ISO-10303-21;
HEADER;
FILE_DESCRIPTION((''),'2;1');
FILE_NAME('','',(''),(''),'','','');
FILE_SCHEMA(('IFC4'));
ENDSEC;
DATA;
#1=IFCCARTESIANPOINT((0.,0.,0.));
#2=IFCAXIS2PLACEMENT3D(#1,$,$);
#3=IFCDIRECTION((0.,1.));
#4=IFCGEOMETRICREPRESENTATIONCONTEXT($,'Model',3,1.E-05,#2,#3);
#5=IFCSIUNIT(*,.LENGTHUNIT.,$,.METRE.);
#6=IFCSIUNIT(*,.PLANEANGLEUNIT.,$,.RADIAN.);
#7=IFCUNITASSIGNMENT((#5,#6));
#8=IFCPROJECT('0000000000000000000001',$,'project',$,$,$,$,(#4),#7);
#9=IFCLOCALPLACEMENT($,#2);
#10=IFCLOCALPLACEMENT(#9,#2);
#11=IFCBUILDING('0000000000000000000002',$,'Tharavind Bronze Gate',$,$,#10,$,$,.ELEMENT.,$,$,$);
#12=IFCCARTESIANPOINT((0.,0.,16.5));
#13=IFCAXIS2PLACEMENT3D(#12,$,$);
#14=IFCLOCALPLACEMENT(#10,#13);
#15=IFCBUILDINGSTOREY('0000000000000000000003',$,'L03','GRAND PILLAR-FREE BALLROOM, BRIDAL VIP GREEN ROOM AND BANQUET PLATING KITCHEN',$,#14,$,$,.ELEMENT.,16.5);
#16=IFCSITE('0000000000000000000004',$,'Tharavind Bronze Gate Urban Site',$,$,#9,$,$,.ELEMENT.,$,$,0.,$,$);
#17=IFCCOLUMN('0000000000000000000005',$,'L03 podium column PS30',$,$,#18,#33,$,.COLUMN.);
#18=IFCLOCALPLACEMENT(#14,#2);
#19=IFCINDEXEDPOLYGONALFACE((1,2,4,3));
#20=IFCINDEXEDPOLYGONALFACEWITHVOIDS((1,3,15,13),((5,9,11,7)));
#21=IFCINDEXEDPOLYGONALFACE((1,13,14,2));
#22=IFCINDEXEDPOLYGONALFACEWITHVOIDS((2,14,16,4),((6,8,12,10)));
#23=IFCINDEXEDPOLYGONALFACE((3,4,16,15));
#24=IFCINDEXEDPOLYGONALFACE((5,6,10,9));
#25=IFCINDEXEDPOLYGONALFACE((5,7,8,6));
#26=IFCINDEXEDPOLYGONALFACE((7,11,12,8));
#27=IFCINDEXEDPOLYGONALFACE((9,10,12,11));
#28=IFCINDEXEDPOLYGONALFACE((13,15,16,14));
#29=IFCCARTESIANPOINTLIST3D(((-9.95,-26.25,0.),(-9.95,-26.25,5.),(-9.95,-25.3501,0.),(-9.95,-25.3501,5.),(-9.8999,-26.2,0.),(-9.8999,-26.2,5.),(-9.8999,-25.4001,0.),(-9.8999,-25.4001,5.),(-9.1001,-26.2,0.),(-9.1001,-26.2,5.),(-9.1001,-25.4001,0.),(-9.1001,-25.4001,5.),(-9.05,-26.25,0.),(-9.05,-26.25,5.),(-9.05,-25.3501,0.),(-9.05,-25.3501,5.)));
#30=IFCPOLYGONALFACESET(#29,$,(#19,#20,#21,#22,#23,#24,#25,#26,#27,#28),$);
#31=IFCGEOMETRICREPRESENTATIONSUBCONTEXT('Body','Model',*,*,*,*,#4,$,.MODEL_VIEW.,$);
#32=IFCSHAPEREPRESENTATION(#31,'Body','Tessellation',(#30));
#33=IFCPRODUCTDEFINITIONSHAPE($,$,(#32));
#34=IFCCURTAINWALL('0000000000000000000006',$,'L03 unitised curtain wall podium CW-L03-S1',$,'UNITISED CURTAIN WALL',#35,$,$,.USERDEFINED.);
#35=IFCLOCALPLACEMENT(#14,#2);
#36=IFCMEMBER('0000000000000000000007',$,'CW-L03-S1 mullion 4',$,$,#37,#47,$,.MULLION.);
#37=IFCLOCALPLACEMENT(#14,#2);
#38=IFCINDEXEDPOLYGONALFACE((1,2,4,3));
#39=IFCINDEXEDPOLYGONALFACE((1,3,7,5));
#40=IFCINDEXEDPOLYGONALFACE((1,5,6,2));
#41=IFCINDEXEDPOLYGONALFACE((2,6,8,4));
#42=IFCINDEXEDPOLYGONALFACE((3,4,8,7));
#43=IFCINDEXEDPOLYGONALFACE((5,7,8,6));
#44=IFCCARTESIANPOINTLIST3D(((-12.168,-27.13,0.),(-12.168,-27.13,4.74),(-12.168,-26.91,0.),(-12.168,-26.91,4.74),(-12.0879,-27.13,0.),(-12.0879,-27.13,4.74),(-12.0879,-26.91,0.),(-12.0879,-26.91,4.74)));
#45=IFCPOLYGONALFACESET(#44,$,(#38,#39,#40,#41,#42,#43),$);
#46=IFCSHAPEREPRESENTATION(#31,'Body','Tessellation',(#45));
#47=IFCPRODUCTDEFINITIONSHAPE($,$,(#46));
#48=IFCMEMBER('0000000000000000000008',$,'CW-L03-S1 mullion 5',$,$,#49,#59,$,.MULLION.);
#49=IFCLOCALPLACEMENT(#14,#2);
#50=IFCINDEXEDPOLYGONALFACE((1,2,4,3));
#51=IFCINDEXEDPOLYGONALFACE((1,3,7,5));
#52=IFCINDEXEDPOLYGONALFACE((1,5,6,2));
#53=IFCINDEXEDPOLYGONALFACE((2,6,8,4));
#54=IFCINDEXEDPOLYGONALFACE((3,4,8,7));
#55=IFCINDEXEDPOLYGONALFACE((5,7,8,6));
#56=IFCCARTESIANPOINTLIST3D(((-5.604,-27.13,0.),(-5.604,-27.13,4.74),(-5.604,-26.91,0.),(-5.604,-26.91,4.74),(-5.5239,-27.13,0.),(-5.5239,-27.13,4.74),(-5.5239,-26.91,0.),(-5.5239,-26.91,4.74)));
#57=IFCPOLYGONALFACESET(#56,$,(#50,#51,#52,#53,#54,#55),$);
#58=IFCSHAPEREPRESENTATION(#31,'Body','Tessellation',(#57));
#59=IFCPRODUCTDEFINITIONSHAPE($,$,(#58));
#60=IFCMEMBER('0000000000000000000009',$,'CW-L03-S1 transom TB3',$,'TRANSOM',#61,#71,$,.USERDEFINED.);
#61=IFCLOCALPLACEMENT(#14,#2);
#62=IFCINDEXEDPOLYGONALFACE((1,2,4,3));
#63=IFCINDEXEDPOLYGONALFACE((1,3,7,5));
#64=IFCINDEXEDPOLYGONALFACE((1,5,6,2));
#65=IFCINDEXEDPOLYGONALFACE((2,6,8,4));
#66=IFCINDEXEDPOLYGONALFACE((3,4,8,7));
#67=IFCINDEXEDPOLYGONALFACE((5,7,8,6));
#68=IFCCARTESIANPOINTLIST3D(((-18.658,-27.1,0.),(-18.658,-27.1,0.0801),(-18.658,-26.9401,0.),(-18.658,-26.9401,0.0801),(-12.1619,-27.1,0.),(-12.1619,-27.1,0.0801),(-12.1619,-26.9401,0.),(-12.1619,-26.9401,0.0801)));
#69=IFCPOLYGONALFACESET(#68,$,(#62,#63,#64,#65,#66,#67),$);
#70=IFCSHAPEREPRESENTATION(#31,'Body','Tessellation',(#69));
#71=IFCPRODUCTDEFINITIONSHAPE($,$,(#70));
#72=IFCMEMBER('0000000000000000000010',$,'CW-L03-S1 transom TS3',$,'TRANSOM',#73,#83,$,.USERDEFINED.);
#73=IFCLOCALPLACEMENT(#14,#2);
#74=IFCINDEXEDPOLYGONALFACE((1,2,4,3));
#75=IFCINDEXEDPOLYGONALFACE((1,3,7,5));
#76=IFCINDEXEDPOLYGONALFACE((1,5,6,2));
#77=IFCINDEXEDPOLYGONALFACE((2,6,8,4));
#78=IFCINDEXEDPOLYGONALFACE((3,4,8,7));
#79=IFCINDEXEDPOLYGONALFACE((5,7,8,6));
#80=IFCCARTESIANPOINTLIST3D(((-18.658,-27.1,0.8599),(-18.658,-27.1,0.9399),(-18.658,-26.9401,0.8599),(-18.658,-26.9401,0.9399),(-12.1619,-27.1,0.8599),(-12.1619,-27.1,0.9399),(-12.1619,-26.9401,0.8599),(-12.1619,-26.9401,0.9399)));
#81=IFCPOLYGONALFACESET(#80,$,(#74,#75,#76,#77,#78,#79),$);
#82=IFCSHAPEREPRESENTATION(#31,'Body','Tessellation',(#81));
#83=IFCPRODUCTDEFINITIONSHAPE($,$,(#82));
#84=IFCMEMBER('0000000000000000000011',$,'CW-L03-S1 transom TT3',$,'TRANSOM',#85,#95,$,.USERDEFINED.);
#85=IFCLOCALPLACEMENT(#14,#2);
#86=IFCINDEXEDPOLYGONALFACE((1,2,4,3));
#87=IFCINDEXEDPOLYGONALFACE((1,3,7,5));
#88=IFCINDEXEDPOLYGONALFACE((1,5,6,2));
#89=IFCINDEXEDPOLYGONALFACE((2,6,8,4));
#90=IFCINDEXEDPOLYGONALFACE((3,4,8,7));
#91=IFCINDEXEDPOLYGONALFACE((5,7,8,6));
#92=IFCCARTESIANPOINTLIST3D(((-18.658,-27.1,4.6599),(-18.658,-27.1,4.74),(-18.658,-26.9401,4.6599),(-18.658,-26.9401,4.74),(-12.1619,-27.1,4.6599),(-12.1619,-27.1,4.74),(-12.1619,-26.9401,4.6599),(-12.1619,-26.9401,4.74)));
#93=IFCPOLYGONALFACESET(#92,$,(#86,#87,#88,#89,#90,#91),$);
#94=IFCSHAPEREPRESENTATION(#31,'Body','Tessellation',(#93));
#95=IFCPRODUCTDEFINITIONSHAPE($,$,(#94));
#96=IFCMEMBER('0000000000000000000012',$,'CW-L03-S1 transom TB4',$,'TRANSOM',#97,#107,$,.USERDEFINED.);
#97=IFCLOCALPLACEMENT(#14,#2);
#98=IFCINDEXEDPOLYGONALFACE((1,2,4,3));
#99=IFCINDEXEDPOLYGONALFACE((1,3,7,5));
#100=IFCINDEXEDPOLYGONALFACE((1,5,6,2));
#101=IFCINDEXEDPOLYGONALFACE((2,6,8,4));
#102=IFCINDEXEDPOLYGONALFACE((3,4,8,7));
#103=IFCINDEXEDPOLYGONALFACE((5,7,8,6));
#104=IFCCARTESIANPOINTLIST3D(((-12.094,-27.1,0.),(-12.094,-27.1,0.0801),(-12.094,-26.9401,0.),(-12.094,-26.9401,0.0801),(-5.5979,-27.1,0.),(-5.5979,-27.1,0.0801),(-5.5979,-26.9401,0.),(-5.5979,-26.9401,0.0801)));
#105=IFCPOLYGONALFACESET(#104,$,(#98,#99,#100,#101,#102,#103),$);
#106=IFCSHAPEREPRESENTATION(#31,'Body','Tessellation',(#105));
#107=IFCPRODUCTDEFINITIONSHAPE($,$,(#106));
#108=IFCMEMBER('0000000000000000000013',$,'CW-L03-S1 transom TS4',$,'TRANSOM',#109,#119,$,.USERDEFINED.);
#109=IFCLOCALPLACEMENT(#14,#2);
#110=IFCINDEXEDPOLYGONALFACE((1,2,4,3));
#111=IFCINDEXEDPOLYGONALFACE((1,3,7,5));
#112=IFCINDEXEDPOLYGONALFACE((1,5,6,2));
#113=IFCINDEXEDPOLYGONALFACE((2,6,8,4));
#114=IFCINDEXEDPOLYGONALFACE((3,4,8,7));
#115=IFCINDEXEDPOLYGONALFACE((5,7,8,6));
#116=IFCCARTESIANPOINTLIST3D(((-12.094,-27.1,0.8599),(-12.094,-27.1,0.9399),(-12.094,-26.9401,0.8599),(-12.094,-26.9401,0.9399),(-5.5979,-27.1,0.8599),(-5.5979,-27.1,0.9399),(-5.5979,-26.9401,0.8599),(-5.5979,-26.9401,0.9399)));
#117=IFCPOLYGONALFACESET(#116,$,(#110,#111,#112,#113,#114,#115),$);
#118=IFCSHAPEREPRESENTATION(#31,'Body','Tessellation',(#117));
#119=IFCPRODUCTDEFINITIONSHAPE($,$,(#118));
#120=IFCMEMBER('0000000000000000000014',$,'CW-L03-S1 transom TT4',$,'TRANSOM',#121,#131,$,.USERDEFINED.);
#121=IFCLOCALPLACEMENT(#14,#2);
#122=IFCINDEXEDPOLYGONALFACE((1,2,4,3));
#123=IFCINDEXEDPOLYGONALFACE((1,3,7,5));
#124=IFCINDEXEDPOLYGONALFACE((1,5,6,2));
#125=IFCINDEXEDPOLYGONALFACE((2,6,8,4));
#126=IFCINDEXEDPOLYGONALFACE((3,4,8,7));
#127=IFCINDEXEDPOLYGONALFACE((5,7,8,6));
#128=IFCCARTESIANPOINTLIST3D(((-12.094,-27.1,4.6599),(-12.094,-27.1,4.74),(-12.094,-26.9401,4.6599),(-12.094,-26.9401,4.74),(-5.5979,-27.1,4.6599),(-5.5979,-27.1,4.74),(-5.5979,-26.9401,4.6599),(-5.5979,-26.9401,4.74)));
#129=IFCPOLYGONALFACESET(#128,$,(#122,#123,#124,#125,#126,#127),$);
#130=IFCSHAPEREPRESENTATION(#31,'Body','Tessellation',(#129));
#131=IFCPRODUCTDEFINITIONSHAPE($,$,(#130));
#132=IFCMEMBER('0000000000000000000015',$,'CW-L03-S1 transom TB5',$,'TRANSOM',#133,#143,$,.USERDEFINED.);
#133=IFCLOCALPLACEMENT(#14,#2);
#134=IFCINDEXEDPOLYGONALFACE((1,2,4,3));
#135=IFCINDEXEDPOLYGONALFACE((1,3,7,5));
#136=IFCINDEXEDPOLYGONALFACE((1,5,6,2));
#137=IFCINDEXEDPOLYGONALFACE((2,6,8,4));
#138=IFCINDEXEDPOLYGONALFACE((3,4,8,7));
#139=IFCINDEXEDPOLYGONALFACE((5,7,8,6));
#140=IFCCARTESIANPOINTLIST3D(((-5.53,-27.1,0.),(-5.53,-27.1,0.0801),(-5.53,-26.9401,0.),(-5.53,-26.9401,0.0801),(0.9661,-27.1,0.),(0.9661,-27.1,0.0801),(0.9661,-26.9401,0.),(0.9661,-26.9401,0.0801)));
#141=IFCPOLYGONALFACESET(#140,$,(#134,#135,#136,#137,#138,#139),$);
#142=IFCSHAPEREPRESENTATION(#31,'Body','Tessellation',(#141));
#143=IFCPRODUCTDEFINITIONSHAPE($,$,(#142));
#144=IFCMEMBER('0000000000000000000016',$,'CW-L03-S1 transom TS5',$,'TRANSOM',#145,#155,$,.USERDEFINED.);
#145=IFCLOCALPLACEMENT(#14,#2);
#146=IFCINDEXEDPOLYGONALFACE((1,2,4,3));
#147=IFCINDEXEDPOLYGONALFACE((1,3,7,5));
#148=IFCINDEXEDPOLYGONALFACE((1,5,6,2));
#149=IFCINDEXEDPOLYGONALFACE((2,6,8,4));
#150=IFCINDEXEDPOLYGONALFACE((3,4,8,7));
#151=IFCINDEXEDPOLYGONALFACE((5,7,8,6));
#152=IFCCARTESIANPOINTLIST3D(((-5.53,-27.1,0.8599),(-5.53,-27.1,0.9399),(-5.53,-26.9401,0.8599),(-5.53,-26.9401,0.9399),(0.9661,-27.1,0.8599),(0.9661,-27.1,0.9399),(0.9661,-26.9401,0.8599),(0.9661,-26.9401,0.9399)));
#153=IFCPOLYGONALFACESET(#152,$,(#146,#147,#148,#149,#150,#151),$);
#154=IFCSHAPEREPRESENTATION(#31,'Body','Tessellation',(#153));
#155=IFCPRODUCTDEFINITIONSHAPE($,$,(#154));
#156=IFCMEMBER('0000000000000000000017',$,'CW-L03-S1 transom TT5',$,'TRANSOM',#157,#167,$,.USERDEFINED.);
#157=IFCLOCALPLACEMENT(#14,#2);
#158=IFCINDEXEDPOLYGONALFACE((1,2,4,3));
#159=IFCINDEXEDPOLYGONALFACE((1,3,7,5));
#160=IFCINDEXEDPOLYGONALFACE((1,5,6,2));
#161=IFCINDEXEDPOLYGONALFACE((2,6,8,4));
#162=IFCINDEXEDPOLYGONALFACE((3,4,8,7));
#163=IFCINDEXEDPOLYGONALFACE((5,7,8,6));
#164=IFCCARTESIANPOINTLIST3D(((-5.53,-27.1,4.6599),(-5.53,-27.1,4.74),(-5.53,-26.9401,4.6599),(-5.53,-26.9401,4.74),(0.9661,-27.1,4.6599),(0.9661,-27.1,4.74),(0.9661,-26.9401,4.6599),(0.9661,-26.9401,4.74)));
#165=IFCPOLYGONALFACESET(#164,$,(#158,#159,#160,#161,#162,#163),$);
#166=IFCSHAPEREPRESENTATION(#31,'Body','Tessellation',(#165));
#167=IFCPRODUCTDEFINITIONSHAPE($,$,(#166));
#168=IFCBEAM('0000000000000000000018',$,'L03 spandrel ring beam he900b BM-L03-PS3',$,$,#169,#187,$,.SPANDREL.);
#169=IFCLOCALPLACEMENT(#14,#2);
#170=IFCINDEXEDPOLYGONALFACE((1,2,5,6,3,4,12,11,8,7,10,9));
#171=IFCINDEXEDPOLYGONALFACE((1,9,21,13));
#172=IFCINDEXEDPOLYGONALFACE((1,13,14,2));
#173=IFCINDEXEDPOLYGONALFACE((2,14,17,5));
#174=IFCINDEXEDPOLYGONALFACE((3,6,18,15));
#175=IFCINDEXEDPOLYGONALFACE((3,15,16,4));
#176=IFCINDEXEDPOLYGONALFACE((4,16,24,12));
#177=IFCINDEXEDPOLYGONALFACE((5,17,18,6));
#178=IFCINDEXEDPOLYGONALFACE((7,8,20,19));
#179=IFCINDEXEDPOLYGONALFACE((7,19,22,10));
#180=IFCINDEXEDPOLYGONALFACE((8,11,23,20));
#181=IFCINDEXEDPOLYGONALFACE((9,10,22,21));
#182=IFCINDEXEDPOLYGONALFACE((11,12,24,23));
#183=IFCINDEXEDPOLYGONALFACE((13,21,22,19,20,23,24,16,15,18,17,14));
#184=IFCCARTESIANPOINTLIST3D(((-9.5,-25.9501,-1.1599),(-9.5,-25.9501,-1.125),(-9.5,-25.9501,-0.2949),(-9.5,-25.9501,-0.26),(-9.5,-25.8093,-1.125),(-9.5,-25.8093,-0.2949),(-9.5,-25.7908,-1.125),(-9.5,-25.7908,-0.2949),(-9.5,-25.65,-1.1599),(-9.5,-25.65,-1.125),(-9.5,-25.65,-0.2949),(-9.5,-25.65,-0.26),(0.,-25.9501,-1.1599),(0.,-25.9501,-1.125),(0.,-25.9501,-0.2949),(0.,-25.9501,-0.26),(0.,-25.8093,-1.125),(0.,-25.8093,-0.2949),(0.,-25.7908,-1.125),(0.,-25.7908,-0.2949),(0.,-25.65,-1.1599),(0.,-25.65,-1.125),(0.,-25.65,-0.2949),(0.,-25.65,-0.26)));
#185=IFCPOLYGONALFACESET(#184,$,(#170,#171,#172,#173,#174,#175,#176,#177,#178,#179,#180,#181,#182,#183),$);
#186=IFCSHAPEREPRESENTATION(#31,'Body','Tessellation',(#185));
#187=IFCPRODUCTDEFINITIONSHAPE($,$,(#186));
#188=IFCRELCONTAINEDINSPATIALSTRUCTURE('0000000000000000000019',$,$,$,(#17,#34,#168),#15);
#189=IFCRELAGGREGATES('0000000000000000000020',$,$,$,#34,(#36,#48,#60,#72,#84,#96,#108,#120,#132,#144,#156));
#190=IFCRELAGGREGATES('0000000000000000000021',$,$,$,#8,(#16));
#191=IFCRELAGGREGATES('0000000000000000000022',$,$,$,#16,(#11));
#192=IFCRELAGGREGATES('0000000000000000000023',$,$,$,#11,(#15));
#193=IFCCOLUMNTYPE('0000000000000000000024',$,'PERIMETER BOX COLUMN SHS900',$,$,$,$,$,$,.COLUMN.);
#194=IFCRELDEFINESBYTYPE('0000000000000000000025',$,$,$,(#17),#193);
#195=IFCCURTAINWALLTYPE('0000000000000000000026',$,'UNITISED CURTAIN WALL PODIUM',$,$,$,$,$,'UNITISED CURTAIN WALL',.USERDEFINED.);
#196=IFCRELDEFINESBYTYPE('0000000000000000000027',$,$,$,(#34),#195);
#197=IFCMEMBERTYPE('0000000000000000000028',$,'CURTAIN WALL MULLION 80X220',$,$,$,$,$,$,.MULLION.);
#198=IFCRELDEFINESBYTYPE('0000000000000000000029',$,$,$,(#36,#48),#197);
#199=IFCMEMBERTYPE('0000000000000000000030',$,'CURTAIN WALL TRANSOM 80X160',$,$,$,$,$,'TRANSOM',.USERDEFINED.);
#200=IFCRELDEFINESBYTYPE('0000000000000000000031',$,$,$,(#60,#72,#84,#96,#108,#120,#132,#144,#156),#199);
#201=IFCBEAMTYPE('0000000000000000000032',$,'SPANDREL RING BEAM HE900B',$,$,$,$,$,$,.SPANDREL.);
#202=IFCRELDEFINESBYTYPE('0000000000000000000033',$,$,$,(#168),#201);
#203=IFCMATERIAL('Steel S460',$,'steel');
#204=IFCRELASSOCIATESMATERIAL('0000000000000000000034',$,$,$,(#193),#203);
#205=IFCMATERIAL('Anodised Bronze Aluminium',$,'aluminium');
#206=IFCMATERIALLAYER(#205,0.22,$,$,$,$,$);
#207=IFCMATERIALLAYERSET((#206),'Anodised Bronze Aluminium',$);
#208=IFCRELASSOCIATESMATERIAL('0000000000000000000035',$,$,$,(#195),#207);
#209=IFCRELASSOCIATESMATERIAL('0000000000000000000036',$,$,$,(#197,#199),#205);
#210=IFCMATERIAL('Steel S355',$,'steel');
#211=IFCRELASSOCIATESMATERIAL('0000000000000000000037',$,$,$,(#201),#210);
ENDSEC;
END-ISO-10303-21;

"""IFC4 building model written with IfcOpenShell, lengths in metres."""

from ifc_helpers import new_model, si_unit, direction, frame, origin, origin_2d, place, context, subcontext, project, spatial, rectangle, hollow_rectangle, i_section, extrude, material, layer, layer_set, material_profile, profile_set, type_object, element, aggregate, save


model = new_model("IFC4")

# Units and contexts
model_context = context("Model", 3, precision=1e-05, world=origin(), true_north=direction((0.0, 1.0)))
body_context = subcontext(model_context, "Body", "Model", "MODEL_VIEW")
ifc_project = project(units=[si_unit("LENGTHUNIT", "METRE"), si_unit("PLANEANGLEUNIT", "RADIAN")], contexts=[model_context])

# Site, building, storey
site_placement = place(None, origin())
site = spatial("IfcSite", under=ifc_project, at=site_placement, Name="Tharavind Bronze Gate Urban Site", CompositionType="ELEMENT", RefElevation=0.0)
building_placement = place(site_placement, origin())
building = spatial("IfcBuilding", under=site, at=building_placement, Name="Tharavind Bronze Gate", CompositionType="ELEMENT")
storey_placement = place(building_placement, frame((0.0, 0.0, 16.5)))
storey = spatial("IfcBuildingStorey", under=building, at=storey_placement, Name="L03", Description="GRAND PILLAR-FREE BALLROOM, BRIDAL VIP GREEN ROOM AND BANQUET PLATING KITCHEN", CompositionType="ELEMENT", Elevation=16.5)

# Column
ifc_material_1 = material(Name="Steel S460", Category="steel")
ifc_material_profile_1 = material_profile(ifc_material_1, hollow_rectangle(XDim=0.8999, YDim=0.8999, WallThickness=0.05, at=origin_2d()), Name="SHS900X50")
ifc_profile_set_1 = profile_set([ifc_material_profile_1], Name="Steel S460")
column_type = type_object("IfcColumnType", Name="PERIMETER BOX COLUMN SHS900", PredefinedType="COLUMN", material=ifc_profile_set_1)
column_placement = place(storey_placement, frame((-9.5, -25.8, 0.0), z_axis=(0.0, 0.0, 1.0), x_axis=(1.0, 0.0, 0.0)))
element("IfcColumn", 1, at=column_placement, inside=storey, type_object=column_type, Name="L03 podium column PS30", PredefinedType="COLUMN", context=body_context, shape_type="SweptSolid", body=[
    extrude(hollow_rectangle(XDim=0.8999, YDim=0.8999, WallThickness=0.05, at=origin_2d()), origin(), (0.0, 0.0, 1.0), 5.0),
])

# Curtain wall, members
ifc_material_2 = material(Name="Anodised Bronze Aluminium", Category="aluminium")
ifc_layer_1 = layer(ifc_material_2, 0.22)
ifc_layer_set_1 = layer_set([ifc_layer_1], Name="Anodised Bronze Aluminium")
curtain_wall_type = type_object("IfcCurtainWallType", Name="UNITISED CURTAIN WALL PODIUM", ElementType="UNITISED CURTAIN WALL", PredefinedType="USERDEFINED", material=ifc_layer_set_1)
curtain_wall_placement = place(storey_placement, origin())
curtain_wall = element("IfcCurtainWall", 2, at=curtain_wall_placement, inside=storey, type_object=curtain_wall_type, Name="L03 unitised curtain wall podium CW-L03-S1", ObjectType="UNITISED CURTAIN WALL", PredefinedType="USERDEFINED")
member_type_1 = type_object("IfcMemberType", Name="CURTAIN WALL MULLION 80X220", PredefinedType="MULLION", material=ifc_material_2)
member_1_placement = place(storey_placement, frame((-12.1279, -27.02, 0.0), z_axis=(0.0, 0.0, 1.0), x_axis=(1.0, 0.0, 0.0)))
member_1 = element("IfcMember", 3, at=member_1_placement, type_object=member_type_1, Name="CW-L03-S1 mullion 4", PredefinedType="MULLION", context=body_context, shape_type="SweptSolid", body=[
    extrude(rectangle(XDim=0.0801, YDim=0.22, at=origin_2d()), origin(), (0.0, 0.0, 1.0), 4.74),
])
member_2_placement = place(storey_placement, frame((-5.564, -27.02, 0.0), z_axis=(0.0, 0.0, 1.0), x_axis=(1.0, 0.0, 0.0)))
member_2 = element("IfcMember", 4, at=member_2_placement, type_object=member_type_1, Name="CW-L03-S1 mullion 5", PredefinedType="MULLION", context=body_context, shape_type="SweptSolid", body=[
    extrude(rectangle(XDim=0.0801, YDim=0.22, at=origin_2d()), origin(), (0.0, 0.0, 1.0), 4.74),
])
member_type_2 = type_object("IfcMemberType", Name="CURTAIN WALL TRANSOM 80X160", ElementType="TRANSOM", PredefinedType="USERDEFINED", material=ifc_material_2)
member_3_placement = place(storey_placement, frame((-15.4099, -27.02, 0.0), z_axis=(0.0, 0.0, 1.0), x_axis=(1.0, 0.0, 0.0)))
member_3 = element("IfcMember", 5, at=member_3_placement, type_object=member_type_2, Name="CW-L03-S1 transom TB3", ObjectType="TRANSOM", PredefinedType="USERDEFINED", context=body_context, shape_type="SweptSolid", body=[
    extrude(rectangle(XDim=6.4961, YDim=0.1599, at=origin_2d()), origin(), (0.0, 0.0, 1.0), 0.0801),
])
member_4_placement = place(storey_placement, frame((-15.4099, -27.02, 0.8599), z_axis=(0.0, 0.0, 1.0), x_axis=(1.0, 0.0, 0.0)))
member_4 = element("IfcMember", 6, at=member_4_placement, type_object=member_type_2, Name="CW-L03-S1 transom TS3", ObjectType="TRANSOM", PredefinedType="USERDEFINED", context=body_context, shape_type="SweptSolid", body=[
    extrude(rectangle(XDim=6.4961, YDim=0.1599, at=origin_2d()), origin(), (0.0, 0.0, 1.0), 0.0801),
])
member_5_placement = place(storey_placement, frame((-15.4099, -27.02, 4.6599), z_axis=(0.0, 0.0, 1.0), x_axis=(1.0, 0.0, 0.0)))
member_5 = element("IfcMember", 7, at=member_5_placement, type_object=member_type_2, Name="CW-L03-S1 transom TT3", ObjectType="TRANSOM", PredefinedType="USERDEFINED", context=body_context, shape_type="SweptSolid", body=[
    extrude(rectangle(XDim=6.4961, YDim=0.1599, at=origin_2d()), origin(), (0.0, 0.0, 1.0), 0.0801),
])
member_6_placement = place(storey_placement, frame((-8.8459, -27.02, 0.0), z_axis=(0.0, 0.0, 1.0), x_axis=(1.0, 0.0, 0.0)))
member_6 = element("IfcMember", 8, at=member_6_placement, type_object=member_type_2, Name="CW-L03-S1 transom TB4", ObjectType="TRANSOM", PredefinedType="USERDEFINED", context=body_context, shape_type="SweptSolid", body=[
    extrude(rectangle(XDim=6.4961, YDim=0.1599, at=origin_2d()), origin(), (0.0, 0.0, 1.0), 0.0801),
])
member_7_placement = place(storey_placement, frame((-8.8459, -27.02, 0.8599), z_axis=(0.0, 0.0, 1.0), x_axis=(1.0, 0.0, 0.0)))
member_7 = element("IfcMember", 9, at=member_7_placement, type_object=member_type_2, Name="CW-L03-S1 transom TS4", ObjectType="TRANSOM", PredefinedType="USERDEFINED", context=body_context, shape_type="SweptSolid", body=[
    extrude(rectangle(XDim=6.4961, YDim=0.1599, at=origin_2d()), origin(), (0.0, 0.0, 1.0), 0.0801),
])
member_8_placement = place(storey_placement, frame((-8.8459, -27.02, 4.6599), z_axis=(0.0, 0.0, 1.0), x_axis=(1.0, 0.0, 0.0)))
member_8 = element("IfcMember", 10, at=member_8_placement, type_object=member_type_2, Name="CW-L03-S1 transom TT4", ObjectType="TRANSOM", PredefinedType="USERDEFINED", context=body_context, shape_type="SweptSolid", body=[
    extrude(rectangle(XDim=6.4961, YDim=0.1599, at=origin_2d()), origin(), (0.0, 0.0, 1.0), 0.0801),
])
member_9_placement = place(storey_placement, frame((-2.282, -27.02, 0.0), z_axis=(0.0, 0.0, 1.0), x_axis=(1.0, 0.0, 0.0)))
member_9 = element("IfcMember", 11, at=member_9_placement, type_object=member_type_2, Name="CW-L03-S1 transom TB5", ObjectType="TRANSOM", PredefinedType="USERDEFINED", context=body_context, shape_type="SweptSolid", body=[
    extrude(rectangle(XDim=6.4961, YDim=0.1599, at=origin_2d()), origin(), (0.0, 0.0, 1.0), 0.0801),
])
member_10_placement = place(storey_placement, frame((-2.282, -27.02, 0.8599), z_axis=(0.0, 0.0, 1.0), x_axis=(1.0, 0.0, 0.0)))
member_10 = element("IfcMember", 12, at=member_10_placement, type_object=member_type_2, Name="CW-L03-S1 transom TS5", ObjectType="TRANSOM", PredefinedType="USERDEFINED", context=body_context, shape_type="SweptSolid", body=[
    extrude(rectangle(XDim=6.4961, YDim=0.1599, at=origin_2d()), origin(), (0.0, 0.0, 1.0), 0.0801),
])
member_11_placement = place(storey_placement, frame((-2.282, -27.02, 4.6599), z_axis=(0.0, 0.0, 1.0), x_axis=(1.0, 0.0, 0.0)))
member_11 = element("IfcMember", 13, at=member_11_placement, type_object=member_type_2, Name="CW-L03-S1 transom TT5", ObjectType="TRANSOM", PredefinedType="USERDEFINED", context=body_context, shape_type="SweptSolid", body=[
    extrude(rectangle(XDim=6.4961, YDim=0.1599, at=origin_2d()), origin(), (0.0, 0.0, 1.0), 0.0801),
])

# Beam
ifc_material_3 = material(Name="Steel S355", Category="steel")
ifc_material_profile_2 = material_profile(ifc_material_3, i_section(OverallWidth=0.3, OverallDepth=0.8999, WebThickness=0.0186, FlangeThickness=0.0349, at=origin_2d()), Name="HE900B")
ifc_profile_set_2 = profile_set([ifc_material_profile_2], Name="Steel S355")
beam_type_1 = type_object("IfcBeamType", Name="SPANDREL RING BEAM HE900B", PredefinedType="SPANDREL", material=ifc_profile_set_2)
beam_1_placement = place(storey_placement, frame((-9.5, -25.8, -0.71), z_axis=(1.0, 0.0, 0.0), x_axis=(0.0, 1.0, 0.0)))
element("IfcBeam", 14, at=beam_1_placement, inside=storey, type_object=beam_type_1, Name="L03 spandrel ring beam he900b BM-L03-PS3", PredefinedType="SPANDREL", context=body_context, shape_type="SweptSolid", body=[
    extrude(i_section(OverallWidth=0.3, OverallDepth=0.8999, WebThickness=0.0186, FlangeThickness=0.0349, at=origin_2d()), origin(), (0.0, 0.0, 1.0), 9.5),
])

aggregate(curtain_wall, [member_1, member_2, member_3, member_4, member_5, member_6, member_7, member_8, member_9, member_10, member_11])

save(model, "model.ifc")
